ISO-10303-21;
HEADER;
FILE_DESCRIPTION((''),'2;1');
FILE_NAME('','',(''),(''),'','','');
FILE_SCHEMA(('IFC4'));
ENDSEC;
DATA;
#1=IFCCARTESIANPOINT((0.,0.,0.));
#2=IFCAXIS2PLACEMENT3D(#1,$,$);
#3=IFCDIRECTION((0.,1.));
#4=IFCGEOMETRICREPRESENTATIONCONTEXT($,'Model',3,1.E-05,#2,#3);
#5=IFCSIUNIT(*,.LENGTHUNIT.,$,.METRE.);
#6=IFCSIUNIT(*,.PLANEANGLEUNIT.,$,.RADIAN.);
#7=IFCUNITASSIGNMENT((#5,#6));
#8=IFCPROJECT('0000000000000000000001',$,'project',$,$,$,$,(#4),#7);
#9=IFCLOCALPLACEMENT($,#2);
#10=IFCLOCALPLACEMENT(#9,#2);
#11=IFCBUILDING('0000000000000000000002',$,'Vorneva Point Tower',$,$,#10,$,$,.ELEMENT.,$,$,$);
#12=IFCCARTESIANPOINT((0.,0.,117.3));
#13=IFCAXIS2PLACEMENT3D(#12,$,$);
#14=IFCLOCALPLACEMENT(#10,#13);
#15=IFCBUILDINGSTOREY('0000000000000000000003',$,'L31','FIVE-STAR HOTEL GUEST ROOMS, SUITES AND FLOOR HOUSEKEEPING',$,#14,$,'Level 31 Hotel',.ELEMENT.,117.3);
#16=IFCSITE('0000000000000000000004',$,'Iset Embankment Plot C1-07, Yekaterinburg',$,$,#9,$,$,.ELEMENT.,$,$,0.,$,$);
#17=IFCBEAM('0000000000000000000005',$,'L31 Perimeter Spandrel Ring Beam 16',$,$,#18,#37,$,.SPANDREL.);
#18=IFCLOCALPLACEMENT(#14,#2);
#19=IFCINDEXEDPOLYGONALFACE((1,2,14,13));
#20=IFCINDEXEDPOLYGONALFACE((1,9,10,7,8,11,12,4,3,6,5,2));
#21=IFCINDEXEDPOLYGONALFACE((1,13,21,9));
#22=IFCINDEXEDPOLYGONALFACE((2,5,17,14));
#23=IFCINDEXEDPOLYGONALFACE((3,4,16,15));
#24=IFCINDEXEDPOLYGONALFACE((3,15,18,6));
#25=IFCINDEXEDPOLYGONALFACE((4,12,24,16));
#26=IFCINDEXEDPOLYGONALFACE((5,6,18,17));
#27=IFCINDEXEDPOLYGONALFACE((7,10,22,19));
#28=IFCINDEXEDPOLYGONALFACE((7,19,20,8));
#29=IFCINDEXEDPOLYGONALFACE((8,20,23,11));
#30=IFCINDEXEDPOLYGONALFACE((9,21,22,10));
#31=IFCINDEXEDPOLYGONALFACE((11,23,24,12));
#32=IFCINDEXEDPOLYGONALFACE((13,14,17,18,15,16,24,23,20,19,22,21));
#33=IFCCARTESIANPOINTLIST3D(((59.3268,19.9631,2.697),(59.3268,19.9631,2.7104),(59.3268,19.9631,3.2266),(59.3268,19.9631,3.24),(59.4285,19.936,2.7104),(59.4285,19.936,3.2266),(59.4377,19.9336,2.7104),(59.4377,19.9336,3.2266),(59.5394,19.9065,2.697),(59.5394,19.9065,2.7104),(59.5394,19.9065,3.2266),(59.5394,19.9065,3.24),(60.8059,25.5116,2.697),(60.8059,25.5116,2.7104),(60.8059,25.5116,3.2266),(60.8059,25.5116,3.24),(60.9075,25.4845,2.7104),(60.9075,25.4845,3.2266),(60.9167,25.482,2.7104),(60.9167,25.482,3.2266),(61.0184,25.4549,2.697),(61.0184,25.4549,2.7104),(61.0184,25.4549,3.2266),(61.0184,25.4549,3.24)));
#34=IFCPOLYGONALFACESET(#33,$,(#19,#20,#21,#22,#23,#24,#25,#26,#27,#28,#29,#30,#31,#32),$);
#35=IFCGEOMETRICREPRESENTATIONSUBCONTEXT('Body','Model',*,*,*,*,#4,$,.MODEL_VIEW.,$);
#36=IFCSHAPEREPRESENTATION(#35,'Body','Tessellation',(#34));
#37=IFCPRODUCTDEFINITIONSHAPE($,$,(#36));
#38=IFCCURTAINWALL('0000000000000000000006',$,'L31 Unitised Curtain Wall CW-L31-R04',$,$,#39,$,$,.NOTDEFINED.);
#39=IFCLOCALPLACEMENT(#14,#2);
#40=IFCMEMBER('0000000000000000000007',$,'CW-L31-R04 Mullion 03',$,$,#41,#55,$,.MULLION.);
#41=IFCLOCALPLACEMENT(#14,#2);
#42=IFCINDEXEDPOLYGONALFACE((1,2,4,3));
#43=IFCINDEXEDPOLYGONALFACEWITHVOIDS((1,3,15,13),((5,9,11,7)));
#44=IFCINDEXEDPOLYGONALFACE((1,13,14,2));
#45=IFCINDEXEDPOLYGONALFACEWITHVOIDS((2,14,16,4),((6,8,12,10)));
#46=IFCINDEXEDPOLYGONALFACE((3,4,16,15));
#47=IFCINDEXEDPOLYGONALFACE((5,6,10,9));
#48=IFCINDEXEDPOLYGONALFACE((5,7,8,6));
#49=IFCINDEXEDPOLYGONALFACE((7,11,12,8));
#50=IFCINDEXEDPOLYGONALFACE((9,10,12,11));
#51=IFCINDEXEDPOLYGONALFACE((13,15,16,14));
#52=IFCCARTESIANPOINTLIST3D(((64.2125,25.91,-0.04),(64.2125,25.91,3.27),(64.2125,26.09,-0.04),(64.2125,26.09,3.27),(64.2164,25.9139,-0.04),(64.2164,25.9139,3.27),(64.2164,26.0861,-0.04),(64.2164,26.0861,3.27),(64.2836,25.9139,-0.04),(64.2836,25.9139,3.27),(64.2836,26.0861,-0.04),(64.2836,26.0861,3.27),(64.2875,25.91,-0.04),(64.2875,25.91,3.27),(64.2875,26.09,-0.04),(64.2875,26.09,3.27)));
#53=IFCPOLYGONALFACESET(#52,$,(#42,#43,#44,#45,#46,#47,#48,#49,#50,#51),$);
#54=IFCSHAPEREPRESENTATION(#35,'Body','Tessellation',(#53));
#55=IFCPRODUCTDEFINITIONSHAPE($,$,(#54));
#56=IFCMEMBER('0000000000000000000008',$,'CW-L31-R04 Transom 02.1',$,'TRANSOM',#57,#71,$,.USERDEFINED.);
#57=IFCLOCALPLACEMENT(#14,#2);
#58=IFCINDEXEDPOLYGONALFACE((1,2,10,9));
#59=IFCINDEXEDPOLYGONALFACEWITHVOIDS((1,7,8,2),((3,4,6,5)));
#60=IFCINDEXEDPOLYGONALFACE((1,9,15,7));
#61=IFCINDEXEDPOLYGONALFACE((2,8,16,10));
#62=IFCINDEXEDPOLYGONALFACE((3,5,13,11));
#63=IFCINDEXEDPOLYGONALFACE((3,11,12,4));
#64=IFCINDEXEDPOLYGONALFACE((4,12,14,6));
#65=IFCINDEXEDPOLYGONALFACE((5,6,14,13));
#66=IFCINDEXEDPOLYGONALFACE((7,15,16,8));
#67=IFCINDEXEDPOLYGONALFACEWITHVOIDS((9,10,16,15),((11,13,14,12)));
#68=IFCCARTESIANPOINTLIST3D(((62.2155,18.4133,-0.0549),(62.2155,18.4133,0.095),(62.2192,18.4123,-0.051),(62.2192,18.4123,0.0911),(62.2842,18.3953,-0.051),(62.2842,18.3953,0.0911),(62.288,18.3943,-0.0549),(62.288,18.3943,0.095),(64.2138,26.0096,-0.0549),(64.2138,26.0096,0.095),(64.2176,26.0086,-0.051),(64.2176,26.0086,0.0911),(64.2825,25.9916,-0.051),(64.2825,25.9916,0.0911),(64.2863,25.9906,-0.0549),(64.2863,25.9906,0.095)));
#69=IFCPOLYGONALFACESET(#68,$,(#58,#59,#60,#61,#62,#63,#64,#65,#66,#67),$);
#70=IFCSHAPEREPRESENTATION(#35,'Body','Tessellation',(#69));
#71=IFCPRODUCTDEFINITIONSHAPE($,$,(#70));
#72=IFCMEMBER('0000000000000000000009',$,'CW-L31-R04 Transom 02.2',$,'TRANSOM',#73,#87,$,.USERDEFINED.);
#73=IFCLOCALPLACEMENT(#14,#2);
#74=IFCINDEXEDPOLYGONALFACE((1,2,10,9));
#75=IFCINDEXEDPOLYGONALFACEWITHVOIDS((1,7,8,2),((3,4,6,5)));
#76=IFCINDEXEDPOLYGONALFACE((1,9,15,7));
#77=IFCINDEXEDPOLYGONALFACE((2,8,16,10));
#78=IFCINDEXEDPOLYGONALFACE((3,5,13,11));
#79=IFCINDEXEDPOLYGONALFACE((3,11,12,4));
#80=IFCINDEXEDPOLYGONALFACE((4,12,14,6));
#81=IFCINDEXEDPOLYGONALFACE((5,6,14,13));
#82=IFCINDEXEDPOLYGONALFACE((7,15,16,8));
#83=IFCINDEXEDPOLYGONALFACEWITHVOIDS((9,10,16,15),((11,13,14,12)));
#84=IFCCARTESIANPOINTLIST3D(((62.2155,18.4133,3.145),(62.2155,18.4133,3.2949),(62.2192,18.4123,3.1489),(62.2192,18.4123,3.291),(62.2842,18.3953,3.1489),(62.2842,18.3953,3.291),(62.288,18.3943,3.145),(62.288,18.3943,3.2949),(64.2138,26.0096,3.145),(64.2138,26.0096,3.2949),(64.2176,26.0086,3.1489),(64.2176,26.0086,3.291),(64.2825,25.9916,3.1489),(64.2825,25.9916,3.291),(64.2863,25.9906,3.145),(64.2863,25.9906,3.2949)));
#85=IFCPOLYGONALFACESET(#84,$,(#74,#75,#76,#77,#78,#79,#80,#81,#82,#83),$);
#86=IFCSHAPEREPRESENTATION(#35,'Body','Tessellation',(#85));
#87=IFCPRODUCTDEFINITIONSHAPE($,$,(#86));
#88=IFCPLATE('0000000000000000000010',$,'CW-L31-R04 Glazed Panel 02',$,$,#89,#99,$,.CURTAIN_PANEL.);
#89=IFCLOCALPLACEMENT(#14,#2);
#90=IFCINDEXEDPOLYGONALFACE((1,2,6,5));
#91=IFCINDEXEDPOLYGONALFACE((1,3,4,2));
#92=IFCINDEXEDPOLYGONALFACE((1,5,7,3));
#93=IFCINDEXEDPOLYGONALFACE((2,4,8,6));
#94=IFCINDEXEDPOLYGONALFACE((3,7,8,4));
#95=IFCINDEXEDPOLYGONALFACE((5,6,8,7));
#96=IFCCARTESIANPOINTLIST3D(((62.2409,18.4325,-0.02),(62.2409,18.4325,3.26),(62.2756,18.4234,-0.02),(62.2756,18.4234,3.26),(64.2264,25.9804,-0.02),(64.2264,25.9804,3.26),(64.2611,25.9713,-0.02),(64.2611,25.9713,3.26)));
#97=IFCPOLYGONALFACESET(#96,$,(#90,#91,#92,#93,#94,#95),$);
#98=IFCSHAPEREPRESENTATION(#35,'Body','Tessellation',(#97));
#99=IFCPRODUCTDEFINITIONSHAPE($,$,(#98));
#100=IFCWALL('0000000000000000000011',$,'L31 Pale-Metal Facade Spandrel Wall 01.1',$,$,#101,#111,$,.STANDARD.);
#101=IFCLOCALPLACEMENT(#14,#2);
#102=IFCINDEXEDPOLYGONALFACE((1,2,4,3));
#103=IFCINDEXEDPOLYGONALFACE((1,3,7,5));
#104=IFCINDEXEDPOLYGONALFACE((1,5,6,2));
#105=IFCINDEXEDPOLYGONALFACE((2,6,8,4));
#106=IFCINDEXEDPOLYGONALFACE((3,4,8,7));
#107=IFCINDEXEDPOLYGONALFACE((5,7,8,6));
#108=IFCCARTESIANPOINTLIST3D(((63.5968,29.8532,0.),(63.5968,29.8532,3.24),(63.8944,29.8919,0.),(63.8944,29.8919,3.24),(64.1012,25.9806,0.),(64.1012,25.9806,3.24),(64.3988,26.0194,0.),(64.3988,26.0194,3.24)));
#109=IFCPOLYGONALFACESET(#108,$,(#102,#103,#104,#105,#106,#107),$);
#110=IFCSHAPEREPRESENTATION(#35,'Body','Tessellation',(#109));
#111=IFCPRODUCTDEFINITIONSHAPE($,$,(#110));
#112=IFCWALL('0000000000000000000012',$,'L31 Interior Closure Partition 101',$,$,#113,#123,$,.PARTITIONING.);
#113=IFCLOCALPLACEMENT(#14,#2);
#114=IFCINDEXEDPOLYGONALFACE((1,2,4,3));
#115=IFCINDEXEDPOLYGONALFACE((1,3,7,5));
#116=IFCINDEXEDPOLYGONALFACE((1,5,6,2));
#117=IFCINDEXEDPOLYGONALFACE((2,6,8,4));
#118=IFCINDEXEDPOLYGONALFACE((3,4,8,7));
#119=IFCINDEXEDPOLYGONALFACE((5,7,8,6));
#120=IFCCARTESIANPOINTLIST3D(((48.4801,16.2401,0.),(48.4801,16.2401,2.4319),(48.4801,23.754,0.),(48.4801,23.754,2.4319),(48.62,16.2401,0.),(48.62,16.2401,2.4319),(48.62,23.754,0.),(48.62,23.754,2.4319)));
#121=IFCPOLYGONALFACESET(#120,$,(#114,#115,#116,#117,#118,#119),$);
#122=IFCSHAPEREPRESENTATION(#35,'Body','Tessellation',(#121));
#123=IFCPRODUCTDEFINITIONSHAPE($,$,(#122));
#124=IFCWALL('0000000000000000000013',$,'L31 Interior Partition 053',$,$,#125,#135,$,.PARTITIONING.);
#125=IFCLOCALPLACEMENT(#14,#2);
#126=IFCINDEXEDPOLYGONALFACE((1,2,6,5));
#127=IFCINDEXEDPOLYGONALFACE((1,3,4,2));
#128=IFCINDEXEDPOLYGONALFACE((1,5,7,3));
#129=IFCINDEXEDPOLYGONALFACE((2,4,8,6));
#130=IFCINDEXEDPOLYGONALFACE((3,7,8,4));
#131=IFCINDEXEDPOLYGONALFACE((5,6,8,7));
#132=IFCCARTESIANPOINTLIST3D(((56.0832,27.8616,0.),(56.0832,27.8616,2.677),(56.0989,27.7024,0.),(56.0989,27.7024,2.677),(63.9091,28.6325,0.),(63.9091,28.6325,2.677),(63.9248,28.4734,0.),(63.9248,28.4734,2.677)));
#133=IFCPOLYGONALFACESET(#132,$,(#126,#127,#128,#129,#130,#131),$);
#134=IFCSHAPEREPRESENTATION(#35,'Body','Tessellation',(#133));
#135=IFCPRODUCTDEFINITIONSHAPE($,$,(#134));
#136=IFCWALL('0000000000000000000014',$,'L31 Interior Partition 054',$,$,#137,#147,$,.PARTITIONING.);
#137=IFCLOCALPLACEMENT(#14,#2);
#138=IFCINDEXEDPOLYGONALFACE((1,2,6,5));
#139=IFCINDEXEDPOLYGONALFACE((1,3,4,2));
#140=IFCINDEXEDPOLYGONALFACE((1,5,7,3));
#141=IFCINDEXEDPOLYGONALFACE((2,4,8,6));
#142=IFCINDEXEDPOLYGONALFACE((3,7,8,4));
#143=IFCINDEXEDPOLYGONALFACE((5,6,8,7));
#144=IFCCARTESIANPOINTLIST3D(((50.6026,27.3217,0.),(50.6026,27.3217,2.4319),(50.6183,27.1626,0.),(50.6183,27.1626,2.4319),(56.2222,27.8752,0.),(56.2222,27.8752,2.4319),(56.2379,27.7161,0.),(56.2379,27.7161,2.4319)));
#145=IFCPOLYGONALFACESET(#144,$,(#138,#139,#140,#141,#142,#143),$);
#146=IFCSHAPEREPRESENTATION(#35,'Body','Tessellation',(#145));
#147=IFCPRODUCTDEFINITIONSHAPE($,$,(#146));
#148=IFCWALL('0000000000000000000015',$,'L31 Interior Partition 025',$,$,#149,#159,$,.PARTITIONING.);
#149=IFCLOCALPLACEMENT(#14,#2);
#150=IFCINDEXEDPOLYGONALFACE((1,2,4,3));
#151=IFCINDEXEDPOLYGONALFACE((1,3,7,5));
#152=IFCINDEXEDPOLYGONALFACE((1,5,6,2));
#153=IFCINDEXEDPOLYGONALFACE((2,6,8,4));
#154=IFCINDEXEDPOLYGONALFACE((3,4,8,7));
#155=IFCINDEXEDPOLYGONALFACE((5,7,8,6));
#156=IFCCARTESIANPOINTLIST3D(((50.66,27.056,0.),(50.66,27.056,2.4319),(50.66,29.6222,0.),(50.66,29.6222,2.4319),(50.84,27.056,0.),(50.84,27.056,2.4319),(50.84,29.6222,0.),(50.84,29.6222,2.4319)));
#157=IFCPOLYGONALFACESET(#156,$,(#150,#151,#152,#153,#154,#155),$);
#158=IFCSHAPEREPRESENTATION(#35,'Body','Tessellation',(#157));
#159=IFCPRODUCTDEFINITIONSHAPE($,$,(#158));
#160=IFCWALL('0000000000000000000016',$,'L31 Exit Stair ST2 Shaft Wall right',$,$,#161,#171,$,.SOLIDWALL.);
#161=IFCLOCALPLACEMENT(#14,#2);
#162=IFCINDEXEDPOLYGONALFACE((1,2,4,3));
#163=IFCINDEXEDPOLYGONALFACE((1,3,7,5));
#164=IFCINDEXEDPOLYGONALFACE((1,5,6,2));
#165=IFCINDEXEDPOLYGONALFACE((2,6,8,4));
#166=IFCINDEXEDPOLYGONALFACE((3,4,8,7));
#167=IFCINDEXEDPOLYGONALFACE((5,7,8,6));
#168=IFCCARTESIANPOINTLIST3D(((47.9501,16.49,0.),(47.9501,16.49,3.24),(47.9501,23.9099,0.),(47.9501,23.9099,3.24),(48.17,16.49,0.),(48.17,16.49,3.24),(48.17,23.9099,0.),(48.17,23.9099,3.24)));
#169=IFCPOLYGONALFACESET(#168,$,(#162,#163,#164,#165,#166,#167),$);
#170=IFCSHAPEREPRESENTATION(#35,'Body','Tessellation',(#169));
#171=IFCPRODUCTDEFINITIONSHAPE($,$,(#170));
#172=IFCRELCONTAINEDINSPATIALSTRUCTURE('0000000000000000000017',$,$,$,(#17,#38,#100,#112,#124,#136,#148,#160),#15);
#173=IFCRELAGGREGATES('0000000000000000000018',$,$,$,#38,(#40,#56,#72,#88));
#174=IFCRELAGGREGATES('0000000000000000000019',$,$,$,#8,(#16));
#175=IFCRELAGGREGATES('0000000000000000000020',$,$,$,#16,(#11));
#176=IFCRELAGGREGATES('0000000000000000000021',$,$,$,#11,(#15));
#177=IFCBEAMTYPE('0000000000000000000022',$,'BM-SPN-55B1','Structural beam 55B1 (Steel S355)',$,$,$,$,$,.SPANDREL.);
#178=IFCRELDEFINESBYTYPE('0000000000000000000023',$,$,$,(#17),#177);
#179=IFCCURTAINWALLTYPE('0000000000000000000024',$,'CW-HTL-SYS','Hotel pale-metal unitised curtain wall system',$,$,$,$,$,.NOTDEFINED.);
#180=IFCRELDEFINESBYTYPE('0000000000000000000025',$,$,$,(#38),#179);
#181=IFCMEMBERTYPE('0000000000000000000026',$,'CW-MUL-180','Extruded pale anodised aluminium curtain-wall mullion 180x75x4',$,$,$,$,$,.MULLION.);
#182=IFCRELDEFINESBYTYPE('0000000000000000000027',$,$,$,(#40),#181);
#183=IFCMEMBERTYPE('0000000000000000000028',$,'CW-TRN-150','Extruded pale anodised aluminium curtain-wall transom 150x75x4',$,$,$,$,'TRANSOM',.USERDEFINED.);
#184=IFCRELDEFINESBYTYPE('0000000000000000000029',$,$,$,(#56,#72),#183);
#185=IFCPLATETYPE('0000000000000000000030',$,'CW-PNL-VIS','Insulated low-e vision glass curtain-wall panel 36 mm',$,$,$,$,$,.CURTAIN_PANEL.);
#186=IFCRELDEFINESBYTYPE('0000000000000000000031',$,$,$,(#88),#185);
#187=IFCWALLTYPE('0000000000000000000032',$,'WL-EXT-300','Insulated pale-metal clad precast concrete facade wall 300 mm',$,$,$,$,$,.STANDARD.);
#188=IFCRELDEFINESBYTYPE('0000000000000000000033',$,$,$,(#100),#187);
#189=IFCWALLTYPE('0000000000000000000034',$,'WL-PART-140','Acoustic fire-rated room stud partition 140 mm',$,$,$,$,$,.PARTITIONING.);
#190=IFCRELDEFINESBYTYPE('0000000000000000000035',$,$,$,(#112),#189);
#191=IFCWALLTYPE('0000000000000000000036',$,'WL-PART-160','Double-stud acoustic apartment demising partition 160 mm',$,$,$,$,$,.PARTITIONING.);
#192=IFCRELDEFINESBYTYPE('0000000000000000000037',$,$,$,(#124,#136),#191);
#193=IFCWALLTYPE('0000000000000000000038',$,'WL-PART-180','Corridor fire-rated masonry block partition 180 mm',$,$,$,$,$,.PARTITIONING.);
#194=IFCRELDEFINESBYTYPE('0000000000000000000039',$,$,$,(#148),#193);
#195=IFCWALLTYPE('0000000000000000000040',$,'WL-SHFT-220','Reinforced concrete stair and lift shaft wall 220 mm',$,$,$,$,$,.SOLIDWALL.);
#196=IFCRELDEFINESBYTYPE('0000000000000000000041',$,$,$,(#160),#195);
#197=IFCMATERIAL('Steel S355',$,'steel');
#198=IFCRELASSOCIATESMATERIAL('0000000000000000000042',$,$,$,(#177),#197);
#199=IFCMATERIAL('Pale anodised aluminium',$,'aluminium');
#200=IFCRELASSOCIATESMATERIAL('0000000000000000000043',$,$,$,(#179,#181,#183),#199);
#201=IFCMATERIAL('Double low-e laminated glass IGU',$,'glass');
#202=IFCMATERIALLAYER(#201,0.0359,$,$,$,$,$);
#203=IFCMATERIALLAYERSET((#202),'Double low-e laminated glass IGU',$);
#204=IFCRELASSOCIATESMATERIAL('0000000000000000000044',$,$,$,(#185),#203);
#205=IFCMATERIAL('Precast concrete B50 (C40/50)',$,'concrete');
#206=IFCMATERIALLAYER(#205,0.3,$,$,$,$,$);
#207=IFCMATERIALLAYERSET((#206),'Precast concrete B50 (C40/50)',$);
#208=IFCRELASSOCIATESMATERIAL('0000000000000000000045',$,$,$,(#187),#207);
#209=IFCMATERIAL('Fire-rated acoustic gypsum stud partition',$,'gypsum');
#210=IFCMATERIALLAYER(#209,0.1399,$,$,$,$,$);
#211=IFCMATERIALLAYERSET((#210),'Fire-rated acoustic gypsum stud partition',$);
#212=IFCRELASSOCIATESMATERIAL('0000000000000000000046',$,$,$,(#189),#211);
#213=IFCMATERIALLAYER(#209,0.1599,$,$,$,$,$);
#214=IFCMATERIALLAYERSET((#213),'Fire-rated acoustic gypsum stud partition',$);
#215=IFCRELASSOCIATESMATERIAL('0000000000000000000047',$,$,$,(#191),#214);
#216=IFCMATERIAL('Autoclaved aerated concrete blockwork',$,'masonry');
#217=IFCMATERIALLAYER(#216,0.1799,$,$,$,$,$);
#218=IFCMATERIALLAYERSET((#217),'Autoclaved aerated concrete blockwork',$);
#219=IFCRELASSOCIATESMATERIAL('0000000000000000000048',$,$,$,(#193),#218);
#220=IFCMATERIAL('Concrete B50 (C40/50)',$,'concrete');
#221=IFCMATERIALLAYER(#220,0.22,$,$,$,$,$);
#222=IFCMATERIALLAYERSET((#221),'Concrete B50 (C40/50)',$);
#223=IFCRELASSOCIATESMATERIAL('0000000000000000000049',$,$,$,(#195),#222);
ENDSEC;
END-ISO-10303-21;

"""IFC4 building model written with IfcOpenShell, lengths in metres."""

from ifc_helpers import new_model, si_unit, direction, frame, frame_2d, origin, origin_2d, place, context, subcontext, project, spatial, rectangle, hollow_rectangle, i_section, extrude, material, layer, layer_set, material_profile, profile_set, type_object, element, aggregate, save


model = new_model("IFC4")

# Units and contexts
model_context = context("Model", 3, precision=1e-05, world=origin(), true_north=direction((0.0, 1.0)))
body_context = subcontext(model_context, "Body", "Model", "MODEL_VIEW")
ifc_project = project(units=[si_unit("LENGTHUNIT", "METRE"), si_unit("PLANEANGLEUNIT", "RADIAN")], contexts=[model_context])

# Site, building, storey
site_placement = place(None, origin())
site = spatial("IfcSite", under=ifc_project, at=site_placement, Name="Iset Embankment Plot C1-07, Yekaterinburg", CompositionType="ELEMENT", RefElevation=0.0)
building_placement = place(site_placement, origin())
building = spatial("IfcBuilding", under=site, at=building_placement, Name="Vorneva Point Tower", CompositionType="ELEMENT")
storey_placement = place(building_placement, frame((0.0, 0.0, 117.3)))
storey = spatial("IfcBuildingStorey", under=building, at=storey_placement, Name="L31", Description="FIVE-STAR HOTEL GUEST ROOMS, SUITES AND FLOOR HOUSEKEEPING", LongName="Level 31 Hotel", CompositionType="ELEMENT", Elevation=117.3)

# Beam
ifc_material_1 = material(Name="Steel S355", Category="steel")
ifc_material_profile_1 = material_profile(ifc_material_1, i_section(OverallWidth=0.22, OverallDepth=0.543, WebThickness=0.0095, FlangeThickness=0.0134, at=origin_2d()), Name="55B1")
ifc_profile_set_1 = profile_set([ifc_material_profile_1], Name="Steel S355")
beam_type_1 = type_object("IfcBeamType", Name="BM-SPN-55B1", Description="Structural beam 55B1 (Steel S355)", PredefinedType="SPANDREL", material=ifc_profile_set_1)
for number, where, z_axis, x_axis, name in (
    (1, (59.4331, 19.9348, 2.9685), (0.257573, 0.966259, 0.0), (-0.966259, 0.257573, 0.0), "L31 Perimeter Spandrel Ring Beam 16"),
):
    element("IfcBeam", number, at=place(storey_placement, frame(where, z_axis=z_axis, x_axis=x_axis)), inside=storey, type_object=beam_type_1, Name=name, PredefinedType="SPANDREL", context=body_context, shape_type="SweptSolid", body=[
        extrude(i_section(OverallWidth=0.22, OverallDepth=0.543, WebThickness=0.0095, FlangeThickness=0.0134, at=origin_2d()), origin(), (0.0, 0.0, 1.0), 5.7422),
    ])

# Curtain wall, members, plate
ifc_material_2 = material(Name="Pale anodised aluminium", Category="aluminium")
curtain_wall_type = type_object("IfcCurtainWallType", Name="CW-HTL-SYS", Description="Hotel pale-metal unitised curtain wall system", PredefinedType="NOTDEFINED", material=ifc_material_2)
curtain_wall_placement = place(storey_placement, origin())
curtain_wall = element("IfcCurtainWall", 2, at=curtain_wall_placement, inside=storey, type_object=curtain_wall_type, Name="L31 Unitised Curtain Wall CW-L31-R04", PredefinedType="NOTDEFINED")
ifc_material_profile_2 = material_profile(ifc_material_2, hollow_rectangle(XDim=0.075, YDim=0.1799, WallThickness=0.0039, at=origin_2d()), Name="AL-MUL 180x75x4")
ifc_profile_set_2 = profile_set([ifc_material_profile_2], Name="Pale anodised aluminium")
member_type_1 = type_object("IfcMemberType", Name="CW-MUL-180", Description="Extruded pale anodised aluminium curtain-wall mullion 180x75x4", PredefinedType="MULLION", material=ifc_profile_set_2)
member_1_placement = place(storey_placement, frame((64.25, 26.0, -0.04), z_axis=(0.0, 0.0, 1.0), x_axis=(1.0, 0.0, 0.0)))
member_1 = element("IfcMember", 3, at=member_1_placement, type_object=member_type_1, Name="CW-L31-R04 Mullion 03", PredefinedType="MULLION", context=body_context, shape_type="SweptSolid", body=[
    extrude(hollow_rectangle(XDim=0.075, YDim=0.1799, WallThickness=0.0039, at=origin_2d()), origin(), (0.0, 0.0, 1.0), 3.3101),
])
ifc_material_profile_3 = material_profile(ifc_material_2, hollow_rectangle(XDim=0.075, YDim=0.1499, WallThickness=0.0039, at=origin_2d()), Name="AL-TRN 150x75x4")
ifc_profile_set_3 = profile_set([ifc_material_profile_3], Name="Pale anodised aluminium")
member_type_2 = type_object("IfcMemberType", Name="CW-TRN-150", Description="Extruded pale anodised aluminium curtain-wall transom 150x75x4", ElementType="TRANSOM", PredefinedType="USERDEFINED", material=ifc_profile_set_3)
member_2_placement = place(storey_placement, frame((62.2517, 18.4038, 0.02), z_axis=(0.254409, 0.967097, 0.0), x_axis=(-0.967097, 0.254409, 0.0)))
member_2 = element("IfcMember", 4, at=member_2_placement, type_object=member_type_2, Name="CW-L31-R04 Transom 02.1", ObjectType="TRANSOM", PredefinedType="USERDEFINED", context=body_context, shape_type="SweptSolid", body=[
    extrude(hollow_rectangle(XDim=0.075, YDim=0.1499, WallThickness=0.0039, at=origin_2d()), origin(), (0.0, 0.0, 1.0), 7.8547),
])
member_3_placement = place(storey_placement, frame((62.2517, 18.4038, 3.22), z_axis=(0.254409, 0.967097, 0.0), x_axis=(-0.967097, 0.254409, 0.0)))
member_3 = element("IfcMember", 5, at=member_3_placement, type_object=member_type_2, Name="CW-L31-R04 Transom 02.2", ObjectType="TRANSOM", PredefinedType="USERDEFINED", context=body_context, shape_type="SweptSolid", body=[
    extrude(hollow_rectangle(XDim=0.075, YDim=0.1499, WallThickness=0.0039, at=origin_2d()), origin(), (0.0, 0.0, 1.0), 7.8547),
])
ifc_material_3 = material(Name="Double low-e laminated glass IGU", Category="glass")
ifc_layer_1 = layer(ifc_material_3, 0.0359)
ifc_layer_set_1 = layer_set([ifc_layer_1], Name="Double low-e laminated glass IGU")
plate_type = type_object("IfcPlateType", Name="CW-PNL-VIS", Description="Insulated low-e vision glass curtain-wall panel 36 mm", PredefinedType="CURTAIN_PANEL", material=ifc_layer_set_1)
plate_placement = place(storey_placement, frame((63.251, 22.2019, -0.02), z_axis=(0.0, 0.0, 1.0), x_axis=(0.254399, 0.967099, 0.0)))
plate = element("IfcPlate", 6, at=plate_placement, type_object=plate_type, Name="CW-L31-R04 Glazed Panel 02", PredefinedType="CURTAIN_PANEL", context=body_context, shape_type="SweptSolid", body=[
    extrude(rectangle(XDim=7.8047, YDim=0.0359, at=origin_2d()), origin(), (0.0, 0.0, 1.0), 3.28),
])
aggregate(curtain_wall, [member_1, member_2, member_3, plate])

# Walls
ifc_material_4 = material(Name="Precast concrete B50 (C40/50)", Category="concrete")
ifc_layer_2 = layer(ifc_material_4, 0.3)
ifc_layer_set_2 = layer_set([ifc_layer_2], Name="Precast concrete B50 (C40/50)")
wall_type_1 = type_object("IfcWallType", Name="WL-EXT-300", Description="Insulated pale-metal clad precast concrete facade wall 300 mm", PredefinedType="STANDARD", material=ifc_layer_set_2)
wall_1_placement = place(storey_placement, frame((64.25, 26.0, 0.0), z_axis=(0.0, 0.0, 1.0), x_axis=(-0.129157, 0.991624, 0.0)))
element("IfcWall", 7, at=wall_1_placement, inside=storey, type_object=wall_type_1, Name="L31 Pale-Metal Facade Spandrel Wall 01.1", PredefinedType="STANDARD", context=body_context, shape_type="SweptSolid", body=[
    extrude(rectangle(XDim=3.9053, YDim=0.3, at=frame_2d((1.9526, 0.0))), origin(), (0.0, 0.0, 1.0), 3.24),
])
ifc_material_5 = material(Name="Fire-rated acoustic gypsum stud partition", Category="gypsum")
ifc_layer_3 = layer(ifc_material_5, 0.1399)
ifc_layer_set_3 = layer_set([ifc_layer_3], Name="Fire-rated acoustic gypsum stud partition")
wall_type_2 = type_object("IfcWallType", Name="WL-PART-140", Description="Acoustic fire-rated room stud partition 140 mm", PredefinedType="PARTITIONING", material=ifc_layer_set_3)
wall_2_placement = place(storey_placement, frame((48.55, 23.7539, 0.0), z_axis=(0.0, 0.0, 1.0), x_axis=(0.0, -1.0, 0.0)))
element("IfcWall", 8, at=wall_2_placement, inside=storey, type_object=wall_type_2, Name="L31 Interior Closure Partition 101", PredefinedType="PARTITIONING", context=body_context, shape_type="SweptSolid", body=[
    extrude(rectangle(XDim=7.5139, YDim=0.1399, at=frame_2d((3.7568, 0.0))), origin(), (0.0, 0.0, 1.0), 2.4319),
])
ifc_layer_4 = layer(ifc_material_5, 0.1599)
ifc_layer_set_4 = layer_set([ifc_layer_4], Name="Fire-rated acoustic gypsum stud partition")
wall_type_3 = type_object("IfcWallType", Name="WL-PART-160", Description="Double-stud acoustic apartment demising partition 160 mm", PredefinedType="PARTITIONING", material=ifc_layer_set_4)
wall_3_placement = place(storey_placement, frame((56.0911, 27.782, 0.0), z_axis=(0.0, 0.0, 1.0), x_axis=(0.995182, 0.098044, 0.0)))
element("IfcWall", 9, at=wall_3_placement, inside=storey, type_object=wall_type_3, Name="L31 Interior Partition 053", PredefinedType="PARTITIONING", context=body_context, shape_type="SweptSolid", body=[
    extrude(rectangle(XDim=7.8638, YDim=0.1599, at=frame_2d((3.9319, 0.0))), origin(), (0.0, 0.0, 1.0), 2.677),
])
wall_4_placement = place(storey_placement, frame((50.6106, 27.2422, 0.0), z_axis=(0.0, 0.0, 1.0), x_axis=(0.995185, 0.098014, 0.0)))
element("IfcWall", 10, at=wall_4_placement, inside=storey, type_object=wall_type_3, Name="L31 Interior Partition 054", PredefinedType="PARTITIONING", context=body_context, shape_type="SweptSolid", body=[
    extrude(rectangle(XDim=5.6467, YDim=0.1599, at=frame_2d((2.8232, 0.0))), origin(), (0.0, 0.0, 1.0), 2.4319),
])

# Shared definitions
ifc_material_6 = material(Name="Autoclaved aerated concrete blockwork", Category="masonry")
ifc_layer_5 = layer(ifc_material_6, 0.1799)
ifc_layer_set_5 = layer_set([ifc_layer_5], Name="Autoclaved aerated concrete blockwork")
wall_type_4 = type_object("IfcWallType", Name="WL-PART-180", Description="Corridor fire-rated masonry block partition 180 mm", PredefinedType="PARTITIONING", material=ifc_layer_set_5)

# Walls
wall_5_placement = place(storey_placement, frame((50.75, 27.0559, 0.0), z_axis=(0.0, 0.0, 1.0), x_axis=(0.0, 1.0, 0.0)))
element("IfcWall", 11, at=wall_5_placement, inside=storey, type_object=wall_type_4, Name="L31 Interior Partition 025", PredefinedType="PARTITIONING", context=body_context, shape_type="SweptSolid", body=[
    extrude(rectangle(XDim=2.5662, YDim=0.1799, at=frame_2d((1.2832, 0.0))), origin(), (0.0, 0.0, 1.0), 2.4319),
])
ifc_material_7 = material(Name="Concrete B50 (C40/50)", Category="concrete")
ifc_layer_6 = layer(ifc_material_7, 0.22)
ifc_layer_set_6 = layer_set([ifc_layer_6], Name="Concrete B50 (C40/50)")
wall_type_5 = type_object("IfcWallType", Name="WL-SHFT-220", Description="Reinforced concrete stair and lift shaft wall 220 mm", PredefinedType="SOLIDWALL", material=ifc_layer_set_6)
wall_6_placement = place(storey_placement, frame((48.0601, 23.9099, 0.0), z_axis=(0.0, 0.0, 1.0), x_axis=(0.0, -1.0, 0.0)))
element("IfcWall", 12, at=wall_6_placement, inside=storey, type_object=wall_type_5, Name="L31 Exit Stair ST2 Shaft Wall right", PredefinedType="SOLIDWALL", context=body_context, shape_type="SweptSolid", body=[
    extrude(rectangle(XDim=7.4199, YDim=0.22, at=frame_2d((3.71, 0.0))), origin(), (0.0, 0.0, 1.0), 3.24),
])

save(model, "model.ifc")
